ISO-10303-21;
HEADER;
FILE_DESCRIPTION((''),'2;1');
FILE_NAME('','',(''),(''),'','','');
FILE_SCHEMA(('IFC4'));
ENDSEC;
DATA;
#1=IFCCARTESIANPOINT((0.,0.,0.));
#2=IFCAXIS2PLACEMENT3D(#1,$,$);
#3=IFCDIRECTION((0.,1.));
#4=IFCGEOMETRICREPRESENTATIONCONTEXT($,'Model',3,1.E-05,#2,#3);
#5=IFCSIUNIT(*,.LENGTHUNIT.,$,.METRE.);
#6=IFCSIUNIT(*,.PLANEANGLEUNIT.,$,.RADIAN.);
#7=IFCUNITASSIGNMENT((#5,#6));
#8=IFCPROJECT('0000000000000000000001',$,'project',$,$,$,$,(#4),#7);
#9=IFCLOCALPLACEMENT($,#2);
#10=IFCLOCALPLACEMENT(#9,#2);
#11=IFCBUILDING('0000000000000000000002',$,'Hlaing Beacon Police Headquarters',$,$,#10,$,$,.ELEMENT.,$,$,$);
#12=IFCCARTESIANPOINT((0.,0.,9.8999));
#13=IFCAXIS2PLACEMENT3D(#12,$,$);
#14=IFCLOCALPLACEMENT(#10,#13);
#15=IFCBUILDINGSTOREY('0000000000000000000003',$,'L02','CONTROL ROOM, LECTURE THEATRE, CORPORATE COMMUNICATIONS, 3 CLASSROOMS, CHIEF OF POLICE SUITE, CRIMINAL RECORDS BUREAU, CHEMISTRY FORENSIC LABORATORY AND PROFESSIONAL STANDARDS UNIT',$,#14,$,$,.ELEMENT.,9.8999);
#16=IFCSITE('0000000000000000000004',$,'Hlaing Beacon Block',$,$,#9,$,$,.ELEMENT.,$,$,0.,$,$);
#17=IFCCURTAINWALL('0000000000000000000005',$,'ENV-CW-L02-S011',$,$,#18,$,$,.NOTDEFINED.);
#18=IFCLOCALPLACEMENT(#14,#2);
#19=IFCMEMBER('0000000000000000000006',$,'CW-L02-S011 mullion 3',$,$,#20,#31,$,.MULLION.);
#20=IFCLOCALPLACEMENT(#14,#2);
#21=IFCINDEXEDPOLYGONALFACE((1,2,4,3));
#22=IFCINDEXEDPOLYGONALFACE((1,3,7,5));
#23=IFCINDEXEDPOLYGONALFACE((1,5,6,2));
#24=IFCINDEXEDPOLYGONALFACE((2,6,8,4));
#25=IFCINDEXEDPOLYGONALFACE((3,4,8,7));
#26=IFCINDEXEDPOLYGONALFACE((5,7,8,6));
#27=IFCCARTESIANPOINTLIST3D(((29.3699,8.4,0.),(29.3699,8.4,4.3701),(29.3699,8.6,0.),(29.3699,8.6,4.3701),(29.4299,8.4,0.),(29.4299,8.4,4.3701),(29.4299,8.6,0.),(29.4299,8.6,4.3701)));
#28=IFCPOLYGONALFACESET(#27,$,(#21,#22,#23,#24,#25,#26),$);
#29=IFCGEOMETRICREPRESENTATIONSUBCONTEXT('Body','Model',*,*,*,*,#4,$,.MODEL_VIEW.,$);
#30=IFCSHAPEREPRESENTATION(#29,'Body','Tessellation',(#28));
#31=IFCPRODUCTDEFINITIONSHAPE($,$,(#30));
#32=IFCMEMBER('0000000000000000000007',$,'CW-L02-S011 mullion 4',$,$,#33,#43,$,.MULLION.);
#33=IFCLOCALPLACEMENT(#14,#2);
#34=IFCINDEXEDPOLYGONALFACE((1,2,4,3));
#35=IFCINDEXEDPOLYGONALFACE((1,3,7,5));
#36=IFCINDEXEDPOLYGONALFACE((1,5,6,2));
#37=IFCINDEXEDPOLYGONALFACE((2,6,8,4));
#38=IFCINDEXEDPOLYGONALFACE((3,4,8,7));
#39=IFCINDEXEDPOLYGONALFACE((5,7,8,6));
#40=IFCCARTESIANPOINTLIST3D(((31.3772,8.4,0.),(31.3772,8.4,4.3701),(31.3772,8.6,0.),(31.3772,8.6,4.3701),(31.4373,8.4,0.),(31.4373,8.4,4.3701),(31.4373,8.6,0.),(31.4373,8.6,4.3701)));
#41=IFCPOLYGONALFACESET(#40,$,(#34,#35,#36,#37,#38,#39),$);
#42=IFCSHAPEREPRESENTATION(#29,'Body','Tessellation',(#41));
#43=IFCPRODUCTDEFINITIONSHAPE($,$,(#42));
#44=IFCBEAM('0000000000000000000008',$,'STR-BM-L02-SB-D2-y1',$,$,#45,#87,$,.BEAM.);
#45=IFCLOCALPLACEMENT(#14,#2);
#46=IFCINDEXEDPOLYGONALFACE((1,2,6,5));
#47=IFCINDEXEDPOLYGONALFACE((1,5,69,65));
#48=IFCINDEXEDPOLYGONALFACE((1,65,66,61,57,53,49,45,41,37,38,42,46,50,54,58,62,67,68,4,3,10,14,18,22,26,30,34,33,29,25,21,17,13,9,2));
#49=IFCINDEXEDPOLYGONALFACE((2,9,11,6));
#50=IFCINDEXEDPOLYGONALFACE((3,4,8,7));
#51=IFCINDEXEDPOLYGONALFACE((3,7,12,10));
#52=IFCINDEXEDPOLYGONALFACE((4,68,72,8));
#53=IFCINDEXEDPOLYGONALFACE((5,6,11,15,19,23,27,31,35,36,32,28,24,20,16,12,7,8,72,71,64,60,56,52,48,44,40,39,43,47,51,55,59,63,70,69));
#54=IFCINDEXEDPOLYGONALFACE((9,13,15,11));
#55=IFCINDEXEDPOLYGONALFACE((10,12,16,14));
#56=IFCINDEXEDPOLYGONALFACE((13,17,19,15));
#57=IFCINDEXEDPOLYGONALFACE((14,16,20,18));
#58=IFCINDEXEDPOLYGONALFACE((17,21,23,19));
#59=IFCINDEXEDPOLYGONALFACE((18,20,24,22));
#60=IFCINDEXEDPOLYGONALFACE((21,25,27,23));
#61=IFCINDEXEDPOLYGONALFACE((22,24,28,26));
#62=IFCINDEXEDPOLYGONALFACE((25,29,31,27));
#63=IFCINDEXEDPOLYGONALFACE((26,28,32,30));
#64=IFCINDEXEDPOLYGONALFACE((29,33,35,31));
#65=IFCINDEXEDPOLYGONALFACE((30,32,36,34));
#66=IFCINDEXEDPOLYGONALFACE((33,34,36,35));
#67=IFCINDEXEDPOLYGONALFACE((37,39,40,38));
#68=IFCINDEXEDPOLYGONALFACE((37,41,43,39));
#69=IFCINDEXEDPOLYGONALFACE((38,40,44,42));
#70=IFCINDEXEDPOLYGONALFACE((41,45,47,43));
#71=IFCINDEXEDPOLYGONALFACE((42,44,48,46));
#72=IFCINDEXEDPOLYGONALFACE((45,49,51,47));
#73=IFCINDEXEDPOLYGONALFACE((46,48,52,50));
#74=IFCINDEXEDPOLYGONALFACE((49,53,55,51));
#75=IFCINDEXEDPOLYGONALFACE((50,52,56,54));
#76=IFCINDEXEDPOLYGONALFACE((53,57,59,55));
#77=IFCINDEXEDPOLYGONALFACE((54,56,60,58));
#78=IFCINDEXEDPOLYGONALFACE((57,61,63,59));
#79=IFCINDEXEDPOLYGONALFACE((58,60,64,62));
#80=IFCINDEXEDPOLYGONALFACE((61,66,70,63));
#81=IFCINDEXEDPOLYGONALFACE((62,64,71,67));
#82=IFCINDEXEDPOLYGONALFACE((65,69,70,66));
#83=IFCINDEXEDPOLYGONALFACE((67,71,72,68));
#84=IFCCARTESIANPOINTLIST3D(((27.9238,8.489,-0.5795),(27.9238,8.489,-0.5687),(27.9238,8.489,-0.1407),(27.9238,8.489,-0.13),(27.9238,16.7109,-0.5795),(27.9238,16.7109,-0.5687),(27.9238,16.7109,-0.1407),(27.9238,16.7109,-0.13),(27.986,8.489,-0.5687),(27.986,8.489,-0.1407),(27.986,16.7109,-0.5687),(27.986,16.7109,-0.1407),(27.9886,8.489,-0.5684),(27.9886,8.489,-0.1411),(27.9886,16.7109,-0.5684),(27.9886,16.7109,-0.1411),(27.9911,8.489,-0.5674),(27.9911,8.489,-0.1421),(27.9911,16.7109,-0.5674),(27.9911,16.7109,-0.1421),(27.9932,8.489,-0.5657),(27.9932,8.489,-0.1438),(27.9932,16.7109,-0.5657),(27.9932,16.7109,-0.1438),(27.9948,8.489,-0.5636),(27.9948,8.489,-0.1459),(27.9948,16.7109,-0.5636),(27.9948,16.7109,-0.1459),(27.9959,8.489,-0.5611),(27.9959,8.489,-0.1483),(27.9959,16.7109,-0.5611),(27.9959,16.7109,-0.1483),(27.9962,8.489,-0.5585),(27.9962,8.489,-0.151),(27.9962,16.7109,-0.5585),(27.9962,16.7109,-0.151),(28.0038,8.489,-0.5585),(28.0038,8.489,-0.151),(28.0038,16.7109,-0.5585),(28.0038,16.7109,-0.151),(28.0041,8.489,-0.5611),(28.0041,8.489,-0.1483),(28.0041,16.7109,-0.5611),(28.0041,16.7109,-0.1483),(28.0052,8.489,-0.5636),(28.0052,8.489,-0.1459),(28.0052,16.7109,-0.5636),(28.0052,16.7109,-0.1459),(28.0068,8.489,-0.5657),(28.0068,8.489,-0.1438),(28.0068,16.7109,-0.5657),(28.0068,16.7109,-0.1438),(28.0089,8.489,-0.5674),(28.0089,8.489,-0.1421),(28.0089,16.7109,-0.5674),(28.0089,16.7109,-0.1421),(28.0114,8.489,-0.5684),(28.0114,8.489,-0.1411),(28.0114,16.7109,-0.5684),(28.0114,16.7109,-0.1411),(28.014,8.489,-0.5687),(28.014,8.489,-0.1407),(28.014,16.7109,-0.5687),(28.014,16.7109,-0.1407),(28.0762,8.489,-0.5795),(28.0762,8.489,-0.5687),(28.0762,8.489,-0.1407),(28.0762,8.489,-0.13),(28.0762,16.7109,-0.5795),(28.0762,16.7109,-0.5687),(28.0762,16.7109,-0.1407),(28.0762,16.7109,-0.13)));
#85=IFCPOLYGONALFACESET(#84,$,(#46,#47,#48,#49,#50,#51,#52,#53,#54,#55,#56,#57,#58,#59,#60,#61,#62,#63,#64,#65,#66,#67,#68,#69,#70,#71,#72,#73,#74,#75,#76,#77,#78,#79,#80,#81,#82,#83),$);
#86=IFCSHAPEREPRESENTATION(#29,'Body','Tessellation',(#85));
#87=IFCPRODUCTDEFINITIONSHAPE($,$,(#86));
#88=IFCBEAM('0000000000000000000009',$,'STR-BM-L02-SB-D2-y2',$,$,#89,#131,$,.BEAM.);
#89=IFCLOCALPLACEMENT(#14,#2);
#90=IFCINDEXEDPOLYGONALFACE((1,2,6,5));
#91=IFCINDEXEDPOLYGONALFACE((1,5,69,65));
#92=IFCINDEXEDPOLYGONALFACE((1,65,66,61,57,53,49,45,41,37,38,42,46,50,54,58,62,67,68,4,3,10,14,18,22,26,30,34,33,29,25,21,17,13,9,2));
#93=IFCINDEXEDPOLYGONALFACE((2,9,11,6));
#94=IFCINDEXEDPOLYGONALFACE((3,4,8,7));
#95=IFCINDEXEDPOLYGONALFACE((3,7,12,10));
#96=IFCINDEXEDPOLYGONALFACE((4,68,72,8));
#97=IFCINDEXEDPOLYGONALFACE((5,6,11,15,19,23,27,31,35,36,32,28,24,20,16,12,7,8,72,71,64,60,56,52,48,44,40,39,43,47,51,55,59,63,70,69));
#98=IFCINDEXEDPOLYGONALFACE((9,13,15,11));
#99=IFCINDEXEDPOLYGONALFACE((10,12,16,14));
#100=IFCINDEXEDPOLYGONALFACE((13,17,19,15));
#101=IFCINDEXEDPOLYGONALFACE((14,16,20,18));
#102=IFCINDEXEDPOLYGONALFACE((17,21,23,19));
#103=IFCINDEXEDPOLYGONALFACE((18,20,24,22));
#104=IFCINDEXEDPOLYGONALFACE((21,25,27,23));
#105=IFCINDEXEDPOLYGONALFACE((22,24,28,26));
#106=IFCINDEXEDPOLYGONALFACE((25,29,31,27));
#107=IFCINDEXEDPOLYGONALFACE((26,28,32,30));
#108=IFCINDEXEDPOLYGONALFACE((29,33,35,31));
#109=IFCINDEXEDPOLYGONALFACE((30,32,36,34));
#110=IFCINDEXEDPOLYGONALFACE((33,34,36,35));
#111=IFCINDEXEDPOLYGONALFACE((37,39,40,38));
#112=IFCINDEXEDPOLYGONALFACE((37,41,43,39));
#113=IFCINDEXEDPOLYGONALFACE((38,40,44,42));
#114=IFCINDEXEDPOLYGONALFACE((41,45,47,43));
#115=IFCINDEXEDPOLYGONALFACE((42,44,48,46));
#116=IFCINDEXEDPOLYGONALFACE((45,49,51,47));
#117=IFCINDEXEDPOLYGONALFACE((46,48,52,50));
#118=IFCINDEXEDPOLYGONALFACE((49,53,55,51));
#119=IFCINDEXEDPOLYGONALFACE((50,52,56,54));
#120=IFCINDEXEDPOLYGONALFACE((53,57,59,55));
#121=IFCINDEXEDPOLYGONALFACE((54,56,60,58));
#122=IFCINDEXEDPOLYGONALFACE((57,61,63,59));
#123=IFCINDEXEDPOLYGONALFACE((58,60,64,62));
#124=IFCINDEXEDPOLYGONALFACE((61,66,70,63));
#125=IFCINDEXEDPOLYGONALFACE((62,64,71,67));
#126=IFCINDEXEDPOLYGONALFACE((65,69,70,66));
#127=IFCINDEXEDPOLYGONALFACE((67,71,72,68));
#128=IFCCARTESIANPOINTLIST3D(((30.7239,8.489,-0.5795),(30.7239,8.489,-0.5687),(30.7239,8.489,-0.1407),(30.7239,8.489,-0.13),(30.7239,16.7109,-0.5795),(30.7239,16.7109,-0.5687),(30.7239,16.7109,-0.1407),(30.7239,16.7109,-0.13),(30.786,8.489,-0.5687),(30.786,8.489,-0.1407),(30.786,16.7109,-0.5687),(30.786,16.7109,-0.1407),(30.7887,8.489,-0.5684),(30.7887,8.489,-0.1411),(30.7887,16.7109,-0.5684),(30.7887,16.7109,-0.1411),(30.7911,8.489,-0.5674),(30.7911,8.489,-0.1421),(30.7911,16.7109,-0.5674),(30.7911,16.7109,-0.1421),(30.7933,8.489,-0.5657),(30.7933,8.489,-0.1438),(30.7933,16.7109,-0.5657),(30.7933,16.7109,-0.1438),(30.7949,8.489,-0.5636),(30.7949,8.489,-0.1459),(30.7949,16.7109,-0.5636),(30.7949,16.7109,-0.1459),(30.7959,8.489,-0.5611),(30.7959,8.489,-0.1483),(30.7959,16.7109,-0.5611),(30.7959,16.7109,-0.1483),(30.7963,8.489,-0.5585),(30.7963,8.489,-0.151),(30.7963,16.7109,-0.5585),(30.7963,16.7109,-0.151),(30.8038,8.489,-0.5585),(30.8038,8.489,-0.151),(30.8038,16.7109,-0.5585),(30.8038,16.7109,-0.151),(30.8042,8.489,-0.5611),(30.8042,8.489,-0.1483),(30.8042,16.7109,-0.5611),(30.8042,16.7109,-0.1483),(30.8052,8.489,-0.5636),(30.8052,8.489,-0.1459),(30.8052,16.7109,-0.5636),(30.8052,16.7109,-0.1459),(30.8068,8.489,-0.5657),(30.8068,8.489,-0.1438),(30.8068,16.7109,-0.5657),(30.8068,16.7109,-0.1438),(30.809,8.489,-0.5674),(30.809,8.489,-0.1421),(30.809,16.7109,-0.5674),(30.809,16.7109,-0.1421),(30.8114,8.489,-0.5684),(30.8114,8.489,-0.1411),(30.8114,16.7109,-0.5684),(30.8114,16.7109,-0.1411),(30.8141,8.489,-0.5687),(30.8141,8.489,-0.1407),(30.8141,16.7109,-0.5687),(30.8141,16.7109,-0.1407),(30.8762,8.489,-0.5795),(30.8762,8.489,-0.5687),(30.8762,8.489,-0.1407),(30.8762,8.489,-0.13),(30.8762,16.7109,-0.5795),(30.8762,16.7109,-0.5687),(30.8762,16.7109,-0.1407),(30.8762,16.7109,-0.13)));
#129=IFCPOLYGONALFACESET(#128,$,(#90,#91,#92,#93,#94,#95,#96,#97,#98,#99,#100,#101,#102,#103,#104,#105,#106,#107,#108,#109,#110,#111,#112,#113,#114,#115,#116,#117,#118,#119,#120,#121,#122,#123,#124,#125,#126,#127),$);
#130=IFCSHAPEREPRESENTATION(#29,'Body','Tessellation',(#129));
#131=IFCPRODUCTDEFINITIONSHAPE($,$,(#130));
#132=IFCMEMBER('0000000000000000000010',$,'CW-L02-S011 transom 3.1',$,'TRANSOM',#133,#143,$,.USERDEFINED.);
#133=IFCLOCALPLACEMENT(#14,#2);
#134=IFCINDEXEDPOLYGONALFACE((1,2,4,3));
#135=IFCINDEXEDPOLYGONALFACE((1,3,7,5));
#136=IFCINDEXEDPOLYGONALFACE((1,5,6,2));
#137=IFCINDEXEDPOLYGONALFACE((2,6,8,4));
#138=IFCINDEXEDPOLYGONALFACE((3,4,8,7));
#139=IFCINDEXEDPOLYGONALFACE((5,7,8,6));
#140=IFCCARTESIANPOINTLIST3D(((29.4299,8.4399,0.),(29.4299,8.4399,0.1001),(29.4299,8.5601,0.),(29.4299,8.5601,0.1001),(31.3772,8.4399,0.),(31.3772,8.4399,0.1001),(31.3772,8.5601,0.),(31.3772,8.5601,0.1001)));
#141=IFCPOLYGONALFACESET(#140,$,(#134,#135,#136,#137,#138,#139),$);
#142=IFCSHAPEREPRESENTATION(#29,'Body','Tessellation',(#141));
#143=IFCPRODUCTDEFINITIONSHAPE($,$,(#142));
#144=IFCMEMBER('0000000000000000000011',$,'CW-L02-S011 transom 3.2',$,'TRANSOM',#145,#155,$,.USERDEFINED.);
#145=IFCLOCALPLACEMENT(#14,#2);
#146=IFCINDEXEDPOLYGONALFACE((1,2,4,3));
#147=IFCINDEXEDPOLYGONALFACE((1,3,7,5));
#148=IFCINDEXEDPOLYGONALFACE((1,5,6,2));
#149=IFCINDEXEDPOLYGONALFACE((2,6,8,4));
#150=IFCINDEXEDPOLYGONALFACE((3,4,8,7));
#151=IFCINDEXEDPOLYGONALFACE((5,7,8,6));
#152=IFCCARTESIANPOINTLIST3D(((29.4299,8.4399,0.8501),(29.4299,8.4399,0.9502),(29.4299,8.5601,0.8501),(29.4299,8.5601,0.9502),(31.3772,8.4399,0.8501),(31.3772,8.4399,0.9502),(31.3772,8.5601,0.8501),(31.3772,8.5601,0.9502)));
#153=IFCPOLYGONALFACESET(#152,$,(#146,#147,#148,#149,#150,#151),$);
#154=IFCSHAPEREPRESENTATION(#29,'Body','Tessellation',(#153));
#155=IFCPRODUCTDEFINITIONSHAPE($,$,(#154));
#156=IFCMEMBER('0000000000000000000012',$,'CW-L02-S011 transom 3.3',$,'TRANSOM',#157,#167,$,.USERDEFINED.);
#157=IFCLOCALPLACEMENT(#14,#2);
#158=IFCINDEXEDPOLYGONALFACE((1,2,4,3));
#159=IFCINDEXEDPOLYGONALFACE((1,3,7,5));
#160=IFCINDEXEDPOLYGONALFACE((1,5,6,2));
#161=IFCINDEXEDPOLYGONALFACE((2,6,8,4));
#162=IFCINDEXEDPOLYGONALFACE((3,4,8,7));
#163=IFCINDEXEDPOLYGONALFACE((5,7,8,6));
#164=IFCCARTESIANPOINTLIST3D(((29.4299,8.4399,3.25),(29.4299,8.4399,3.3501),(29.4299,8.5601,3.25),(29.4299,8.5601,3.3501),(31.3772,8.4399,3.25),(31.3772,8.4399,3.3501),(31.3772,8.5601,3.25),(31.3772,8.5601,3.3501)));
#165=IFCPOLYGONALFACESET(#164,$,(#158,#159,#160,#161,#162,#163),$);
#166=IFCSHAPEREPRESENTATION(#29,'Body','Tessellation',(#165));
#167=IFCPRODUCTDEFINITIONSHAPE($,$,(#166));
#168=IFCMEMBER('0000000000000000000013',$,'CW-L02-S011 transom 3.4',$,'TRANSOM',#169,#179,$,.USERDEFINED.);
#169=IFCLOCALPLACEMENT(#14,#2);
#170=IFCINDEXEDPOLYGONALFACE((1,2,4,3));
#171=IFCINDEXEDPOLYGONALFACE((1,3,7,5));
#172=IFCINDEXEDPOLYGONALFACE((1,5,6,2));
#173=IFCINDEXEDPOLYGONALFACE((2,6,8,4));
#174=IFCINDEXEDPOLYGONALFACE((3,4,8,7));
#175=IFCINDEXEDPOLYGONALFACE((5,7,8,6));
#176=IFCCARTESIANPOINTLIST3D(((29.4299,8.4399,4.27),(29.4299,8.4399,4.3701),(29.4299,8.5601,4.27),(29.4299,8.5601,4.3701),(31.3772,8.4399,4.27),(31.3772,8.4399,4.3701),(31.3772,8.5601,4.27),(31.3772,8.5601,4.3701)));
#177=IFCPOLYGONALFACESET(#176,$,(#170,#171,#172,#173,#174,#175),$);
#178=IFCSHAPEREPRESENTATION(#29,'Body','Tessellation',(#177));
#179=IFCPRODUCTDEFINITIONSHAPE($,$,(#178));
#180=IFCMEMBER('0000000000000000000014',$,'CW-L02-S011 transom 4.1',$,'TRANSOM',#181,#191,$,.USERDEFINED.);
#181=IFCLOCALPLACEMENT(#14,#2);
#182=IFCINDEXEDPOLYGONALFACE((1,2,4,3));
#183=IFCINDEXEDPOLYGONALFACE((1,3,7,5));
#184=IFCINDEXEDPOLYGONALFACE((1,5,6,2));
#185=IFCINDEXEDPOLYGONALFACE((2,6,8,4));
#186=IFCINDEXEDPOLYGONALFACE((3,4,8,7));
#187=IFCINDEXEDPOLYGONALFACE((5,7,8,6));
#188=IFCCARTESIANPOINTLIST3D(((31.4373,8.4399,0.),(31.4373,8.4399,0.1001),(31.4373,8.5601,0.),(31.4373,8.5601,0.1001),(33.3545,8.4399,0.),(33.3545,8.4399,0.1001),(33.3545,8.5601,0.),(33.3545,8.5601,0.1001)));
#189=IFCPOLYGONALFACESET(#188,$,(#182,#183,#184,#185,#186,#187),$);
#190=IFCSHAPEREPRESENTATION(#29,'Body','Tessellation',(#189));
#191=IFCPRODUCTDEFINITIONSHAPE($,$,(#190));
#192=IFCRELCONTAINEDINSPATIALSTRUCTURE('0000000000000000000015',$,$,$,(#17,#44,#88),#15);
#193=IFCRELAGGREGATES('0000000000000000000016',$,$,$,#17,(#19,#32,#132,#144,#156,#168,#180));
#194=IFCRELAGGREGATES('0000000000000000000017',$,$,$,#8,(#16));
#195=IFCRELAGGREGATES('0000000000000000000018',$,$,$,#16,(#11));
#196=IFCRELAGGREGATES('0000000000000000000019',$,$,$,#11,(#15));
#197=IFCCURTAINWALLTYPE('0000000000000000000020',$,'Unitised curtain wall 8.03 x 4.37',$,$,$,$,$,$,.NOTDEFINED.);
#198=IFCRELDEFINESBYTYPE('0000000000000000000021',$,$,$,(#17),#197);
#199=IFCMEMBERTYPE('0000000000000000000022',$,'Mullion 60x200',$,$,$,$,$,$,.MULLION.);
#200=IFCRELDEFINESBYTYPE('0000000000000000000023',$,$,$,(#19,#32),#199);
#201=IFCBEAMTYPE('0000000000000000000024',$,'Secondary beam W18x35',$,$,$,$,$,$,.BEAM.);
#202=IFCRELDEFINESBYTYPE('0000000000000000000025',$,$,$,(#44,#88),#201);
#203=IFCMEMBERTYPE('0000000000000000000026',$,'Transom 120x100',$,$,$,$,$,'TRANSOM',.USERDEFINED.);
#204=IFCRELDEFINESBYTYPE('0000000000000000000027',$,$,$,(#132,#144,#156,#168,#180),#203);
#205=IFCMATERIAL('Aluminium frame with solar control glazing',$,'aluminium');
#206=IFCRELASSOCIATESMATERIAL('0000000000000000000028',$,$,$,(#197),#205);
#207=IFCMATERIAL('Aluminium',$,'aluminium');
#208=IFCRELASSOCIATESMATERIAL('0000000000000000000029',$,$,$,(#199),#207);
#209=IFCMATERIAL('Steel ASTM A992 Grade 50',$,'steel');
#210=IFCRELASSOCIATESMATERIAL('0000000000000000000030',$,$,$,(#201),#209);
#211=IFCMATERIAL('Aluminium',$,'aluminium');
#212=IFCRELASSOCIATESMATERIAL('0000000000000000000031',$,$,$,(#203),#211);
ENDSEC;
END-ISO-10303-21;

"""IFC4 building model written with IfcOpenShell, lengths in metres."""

from ifc_helpers import new_model, si_unit, direction, frame, origin, origin_2d, place, context, subcontext, project, spatial, rectangle, i_section, extrude, material, material_profile, profile_set, type_object, element, aggregate, save


model = new_model("IFC4")

# Units and contexts
model_context = context("Model", 3, precision=1e-05, world=origin(), true_north=direction((0.0, 1.0)))
body_context = subcontext(model_context, "Body", "Model", "MODEL_VIEW")
ifc_project = project(units=[si_unit("LENGTHUNIT", "METRE"), si_unit("PLANEANGLEUNIT", "RADIAN")], contexts=[model_context])

# Site, building, storey
site_placement = place(None, origin())
site = spatial("IfcSite", under=ifc_project, at=site_placement, Name="Hlaing Beacon Block", CompositionType="ELEMENT", RefElevation=0.0)
building_placement = place(site_placement, origin())
building = spatial("IfcBuilding", under=site, at=building_placement, Name="Hlaing Beacon Police Headquarters", CompositionType="ELEMENT")
storey_placement = place(building_placement, frame((0.0, 0.0, 9.8999)))
storey = spatial("IfcBuildingStorey", under=building, at=storey_placement, Name="L02", Description="CONTROL ROOM, LECTURE THEATRE, CORPORATE COMMUNICATIONS, 3 CLASSROOMS, CHIEF OF POLICE SUITE, CRIMINAL RECORDS BUREAU, CHEMISTRY FORENSIC LABORATORY AND PROFESSIONAL STANDARDS UNIT", CompositionType="ELEMENT", Elevation=9.8999)

# Curtain wall, members
ifc_material_1 = material(Name="Aluminium frame with solar control glazing", Category="aluminium")
curtain_wall_type = type_object("IfcCurtainWallType", Name="Unitised curtain wall 8.03 x 4.37", PredefinedType="NOTDEFINED", material=ifc_material_1)
curtain_wall_placement = place(storey_placement, origin())
curtain_wall = element("IfcCurtainWall", 1, at=curtain_wall_placement, inside=storey, type_object=curtain_wall_type, Name="ENV-CW-L02-S011", PredefinedType="NOTDEFINED")
ifc_material_2 = material(Name="Aluminium", Category="aluminium")
ifc_material_profile_1 = material_profile(ifc_material_2, rectangle(XDim=0.2, YDim=0.0601, at=origin_2d()), Name="Mullion 60x200")
ifc_profile_set_1 = profile_set([ifc_material_profile_1], Name="Aluminium")
member_type_1 = type_object("IfcMemberType", Name="Mullion 60x200", PredefinedType="MULLION", material=ifc_profile_set_1)
member_1_placement = place(storey_placement, frame((29.3999, 8.5, 0.0), z_axis=(0.0, 0.0, 1.0), x_axis=(0.0, 1.0, 0.0)))
member_1 = element("IfcMember", 2, at=member_1_placement, type_object=member_type_1, Name="CW-L02-S011 mullion 3", PredefinedType="MULLION", context=body_context, shape_type="SweptSolid", body=[
    extrude(rectangle(XDim=0.2, YDim=0.0601, at=origin_2d()), origin(), (0.0, 0.0, 1.0), 4.3701),
])
member_2_placement = place(storey_placement, frame((31.4072, 8.5, 0.0), z_axis=(0.0, 0.0, 1.0), x_axis=(0.0, 1.0, 0.0)))
member_2 = element("IfcMember", 3, at=member_2_placement, type_object=member_type_1, Name="CW-L02-S011 mullion 4", PredefinedType="MULLION", context=body_context, shape_type="SweptSolid", body=[
    extrude(rectangle(XDim=0.2, YDim=0.0601, at=origin_2d()), origin(), (0.0, 0.0, 1.0), 4.3701),
])

# Beams
ifc_material_3 = material(Name="Steel ASTM A992 Grade 50", Category="steel")
ifc_material_profile_2 = material_profile(ifc_material_3, i_section(OverallWidth=0.1523, OverallDepth=0.4495, WebThickness=0.0076, FlangeThickness=0.0107, FilletRadius=0.0103, at=origin_2d()), Name="W18x35")
ifc_profile_set_2 = profile_set([ifc_material_profile_2], Name="Steel ASTM A992 Grade 50")
beam_type = type_object("IfcBeamType", Name="Secondary beam W18x35", PredefinedType="BEAM", material=ifc_profile_set_2)
for number, where, z_axis, x_axis, name in (
    (4, (28.0, 8.489, -0.3547), (0.0, 1.0, 0.0), (-1.0, 0.0, 0.0), "STR-BM-L02-SB-D2-y1"),
    (5, (30.8, 8.489, -0.3547), (0.0, 1.0, 0.0), (-1.0, 0.0, 0.0), "STR-BM-L02-SB-D2-y2"),
):
    element("IfcBeam", number, at=place(storey_placement, frame(where, z_axis=z_axis, x_axis=x_axis)), inside=storey, type_object=beam_type, Name=name, PredefinedType="BEAM", context=body_context, shape_type="SweptSolid", body=[
        extrude(i_section(OverallWidth=0.1523, OverallDepth=0.4495, WebThickness=0.0076, FlangeThickness=0.0107, FilletRadius=0.0103, at=origin_2d()), origin(), (0.0, 0.0, 1.0), 8.2219),
    ])

# Members
ifc_material_4 = material(Name="Aluminium", Category="aluminium")
ifc_material_profile_3 = material_profile(ifc_material_4, rectangle(XDim=0.1201, YDim=0.1001, at=origin_2d()), Name="Transom 120x100")
ifc_profile_set_3 = profile_set([ifc_material_profile_3], Name="Aluminium")
member_type_2 = type_object("IfcMemberType", Name="Transom 120x100", ElementType="TRANSOM", PredefinedType="USERDEFINED", material=ifc_profile_set_3)
member_3_placement = place(storey_placement, frame((29.4299, 8.5, 0.05), z_axis=(1.0, 0.0, 0.0), x_axis=(0.0, 1.0, 0.0)))
member_3 = element("IfcMember", 6, at=member_3_placement, type_object=member_type_2, Name="CW-L02-S011 transom 3.1", ObjectType="TRANSOM", PredefinedType="USERDEFINED", context=body_context, shape_type="SweptSolid", body=[
    extrude(rectangle(XDim=0.1201, YDim=0.1001, at=origin_2d()), origin(), (0.0, 0.0, 1.0), 1.9473),
])
member_4_placement = place(storey_placement, frame((29.4299, 8.5, 0.9001), z_axis=(1.0, 0.0, 0.0), x_axis=(0.0, 1.0, 0.0)))
member_4 = element("IfcMember", 7, at=member_4_placement, type_object=member_type_2, Name="CW-L02-S011 transom 3.2", ObjectType="TRANSOM", PredefinedType="USERDEFINED", context=body_context, shape_type="SweptSolid", body=[
    extrude(rectangle(XDim=0.1201, YDim=0.1001, at=origin_2d()), origin(), (0.0, 0.0, 1.0), 1.9473),
])
member_5_placement = place(storey_placement, frame((29.4299, 8.5, 3.3), z_axis=(1.0, 0.0, 0.0), x_axis=(0.0, 1.0, 0.0)))
member_5 = element("IfcMember", 8, at=member_5_placement, type_object=member_type_2, Name="CW-L02-S011 transom 3.3", ObjectType="TRANSOM", PredefinedType="USERDEFINED", context=body_context, shape_type="SweptSolid", body=[
    extrude(rectangle(XDim=0.1201, YDim=0.1001, at=origin_2d()), origin(), (0.0, 0.0, 1.0), 1.9473),
])
member_6_placement = place(storey_placement, frame((29.4299, 8.5, 4.3201), z_axis=(1.0, 0.0, 0.0), x_axis=(0.0, 1.0, 0.0)))
member_6 = element("IfcMember", 9, at=member_6_placement, type_object=member_type_2, Name="CW-L02-S011 transom 3.4", ObjectType="TRANSOM", PredefinedType="USERDEFINED", context=body_context, shape_type="SweptSolid", body=[
    extrude(rectangle(XDim=0.1201, YDim=0.1001, at=origin_2d()), origin(), (0.0, 0.0, 1.0), 1.9473),
])
member_7_placement = place(storey_placement, frame((31.4373, 8.5, 0.05), z_axis=(1.0, 0.0, 0.0), x_axis=(0.0, 1.0, 0.0)))
member_7 = element("IfcMember", 10, at=member_7_placement, type_object=member_type_2, Name="CW-L02-S011 transom 4.1", ObjectType="TRANSOM", PredefinedType="USERDEFINED", context=body_context, shape_type="SweptSolid", body=[
    extrude(rectangle(XDim=0.1201, YDim=0.1001, at=origin_2d()), origin(), (0.0, 0.0, 1.0), 1.9172),
])

aggregate(curtain_wall, [member_1, member_2, member_3, member_4, member_5, member_6, member_7])

save(model, "model.ifc")
